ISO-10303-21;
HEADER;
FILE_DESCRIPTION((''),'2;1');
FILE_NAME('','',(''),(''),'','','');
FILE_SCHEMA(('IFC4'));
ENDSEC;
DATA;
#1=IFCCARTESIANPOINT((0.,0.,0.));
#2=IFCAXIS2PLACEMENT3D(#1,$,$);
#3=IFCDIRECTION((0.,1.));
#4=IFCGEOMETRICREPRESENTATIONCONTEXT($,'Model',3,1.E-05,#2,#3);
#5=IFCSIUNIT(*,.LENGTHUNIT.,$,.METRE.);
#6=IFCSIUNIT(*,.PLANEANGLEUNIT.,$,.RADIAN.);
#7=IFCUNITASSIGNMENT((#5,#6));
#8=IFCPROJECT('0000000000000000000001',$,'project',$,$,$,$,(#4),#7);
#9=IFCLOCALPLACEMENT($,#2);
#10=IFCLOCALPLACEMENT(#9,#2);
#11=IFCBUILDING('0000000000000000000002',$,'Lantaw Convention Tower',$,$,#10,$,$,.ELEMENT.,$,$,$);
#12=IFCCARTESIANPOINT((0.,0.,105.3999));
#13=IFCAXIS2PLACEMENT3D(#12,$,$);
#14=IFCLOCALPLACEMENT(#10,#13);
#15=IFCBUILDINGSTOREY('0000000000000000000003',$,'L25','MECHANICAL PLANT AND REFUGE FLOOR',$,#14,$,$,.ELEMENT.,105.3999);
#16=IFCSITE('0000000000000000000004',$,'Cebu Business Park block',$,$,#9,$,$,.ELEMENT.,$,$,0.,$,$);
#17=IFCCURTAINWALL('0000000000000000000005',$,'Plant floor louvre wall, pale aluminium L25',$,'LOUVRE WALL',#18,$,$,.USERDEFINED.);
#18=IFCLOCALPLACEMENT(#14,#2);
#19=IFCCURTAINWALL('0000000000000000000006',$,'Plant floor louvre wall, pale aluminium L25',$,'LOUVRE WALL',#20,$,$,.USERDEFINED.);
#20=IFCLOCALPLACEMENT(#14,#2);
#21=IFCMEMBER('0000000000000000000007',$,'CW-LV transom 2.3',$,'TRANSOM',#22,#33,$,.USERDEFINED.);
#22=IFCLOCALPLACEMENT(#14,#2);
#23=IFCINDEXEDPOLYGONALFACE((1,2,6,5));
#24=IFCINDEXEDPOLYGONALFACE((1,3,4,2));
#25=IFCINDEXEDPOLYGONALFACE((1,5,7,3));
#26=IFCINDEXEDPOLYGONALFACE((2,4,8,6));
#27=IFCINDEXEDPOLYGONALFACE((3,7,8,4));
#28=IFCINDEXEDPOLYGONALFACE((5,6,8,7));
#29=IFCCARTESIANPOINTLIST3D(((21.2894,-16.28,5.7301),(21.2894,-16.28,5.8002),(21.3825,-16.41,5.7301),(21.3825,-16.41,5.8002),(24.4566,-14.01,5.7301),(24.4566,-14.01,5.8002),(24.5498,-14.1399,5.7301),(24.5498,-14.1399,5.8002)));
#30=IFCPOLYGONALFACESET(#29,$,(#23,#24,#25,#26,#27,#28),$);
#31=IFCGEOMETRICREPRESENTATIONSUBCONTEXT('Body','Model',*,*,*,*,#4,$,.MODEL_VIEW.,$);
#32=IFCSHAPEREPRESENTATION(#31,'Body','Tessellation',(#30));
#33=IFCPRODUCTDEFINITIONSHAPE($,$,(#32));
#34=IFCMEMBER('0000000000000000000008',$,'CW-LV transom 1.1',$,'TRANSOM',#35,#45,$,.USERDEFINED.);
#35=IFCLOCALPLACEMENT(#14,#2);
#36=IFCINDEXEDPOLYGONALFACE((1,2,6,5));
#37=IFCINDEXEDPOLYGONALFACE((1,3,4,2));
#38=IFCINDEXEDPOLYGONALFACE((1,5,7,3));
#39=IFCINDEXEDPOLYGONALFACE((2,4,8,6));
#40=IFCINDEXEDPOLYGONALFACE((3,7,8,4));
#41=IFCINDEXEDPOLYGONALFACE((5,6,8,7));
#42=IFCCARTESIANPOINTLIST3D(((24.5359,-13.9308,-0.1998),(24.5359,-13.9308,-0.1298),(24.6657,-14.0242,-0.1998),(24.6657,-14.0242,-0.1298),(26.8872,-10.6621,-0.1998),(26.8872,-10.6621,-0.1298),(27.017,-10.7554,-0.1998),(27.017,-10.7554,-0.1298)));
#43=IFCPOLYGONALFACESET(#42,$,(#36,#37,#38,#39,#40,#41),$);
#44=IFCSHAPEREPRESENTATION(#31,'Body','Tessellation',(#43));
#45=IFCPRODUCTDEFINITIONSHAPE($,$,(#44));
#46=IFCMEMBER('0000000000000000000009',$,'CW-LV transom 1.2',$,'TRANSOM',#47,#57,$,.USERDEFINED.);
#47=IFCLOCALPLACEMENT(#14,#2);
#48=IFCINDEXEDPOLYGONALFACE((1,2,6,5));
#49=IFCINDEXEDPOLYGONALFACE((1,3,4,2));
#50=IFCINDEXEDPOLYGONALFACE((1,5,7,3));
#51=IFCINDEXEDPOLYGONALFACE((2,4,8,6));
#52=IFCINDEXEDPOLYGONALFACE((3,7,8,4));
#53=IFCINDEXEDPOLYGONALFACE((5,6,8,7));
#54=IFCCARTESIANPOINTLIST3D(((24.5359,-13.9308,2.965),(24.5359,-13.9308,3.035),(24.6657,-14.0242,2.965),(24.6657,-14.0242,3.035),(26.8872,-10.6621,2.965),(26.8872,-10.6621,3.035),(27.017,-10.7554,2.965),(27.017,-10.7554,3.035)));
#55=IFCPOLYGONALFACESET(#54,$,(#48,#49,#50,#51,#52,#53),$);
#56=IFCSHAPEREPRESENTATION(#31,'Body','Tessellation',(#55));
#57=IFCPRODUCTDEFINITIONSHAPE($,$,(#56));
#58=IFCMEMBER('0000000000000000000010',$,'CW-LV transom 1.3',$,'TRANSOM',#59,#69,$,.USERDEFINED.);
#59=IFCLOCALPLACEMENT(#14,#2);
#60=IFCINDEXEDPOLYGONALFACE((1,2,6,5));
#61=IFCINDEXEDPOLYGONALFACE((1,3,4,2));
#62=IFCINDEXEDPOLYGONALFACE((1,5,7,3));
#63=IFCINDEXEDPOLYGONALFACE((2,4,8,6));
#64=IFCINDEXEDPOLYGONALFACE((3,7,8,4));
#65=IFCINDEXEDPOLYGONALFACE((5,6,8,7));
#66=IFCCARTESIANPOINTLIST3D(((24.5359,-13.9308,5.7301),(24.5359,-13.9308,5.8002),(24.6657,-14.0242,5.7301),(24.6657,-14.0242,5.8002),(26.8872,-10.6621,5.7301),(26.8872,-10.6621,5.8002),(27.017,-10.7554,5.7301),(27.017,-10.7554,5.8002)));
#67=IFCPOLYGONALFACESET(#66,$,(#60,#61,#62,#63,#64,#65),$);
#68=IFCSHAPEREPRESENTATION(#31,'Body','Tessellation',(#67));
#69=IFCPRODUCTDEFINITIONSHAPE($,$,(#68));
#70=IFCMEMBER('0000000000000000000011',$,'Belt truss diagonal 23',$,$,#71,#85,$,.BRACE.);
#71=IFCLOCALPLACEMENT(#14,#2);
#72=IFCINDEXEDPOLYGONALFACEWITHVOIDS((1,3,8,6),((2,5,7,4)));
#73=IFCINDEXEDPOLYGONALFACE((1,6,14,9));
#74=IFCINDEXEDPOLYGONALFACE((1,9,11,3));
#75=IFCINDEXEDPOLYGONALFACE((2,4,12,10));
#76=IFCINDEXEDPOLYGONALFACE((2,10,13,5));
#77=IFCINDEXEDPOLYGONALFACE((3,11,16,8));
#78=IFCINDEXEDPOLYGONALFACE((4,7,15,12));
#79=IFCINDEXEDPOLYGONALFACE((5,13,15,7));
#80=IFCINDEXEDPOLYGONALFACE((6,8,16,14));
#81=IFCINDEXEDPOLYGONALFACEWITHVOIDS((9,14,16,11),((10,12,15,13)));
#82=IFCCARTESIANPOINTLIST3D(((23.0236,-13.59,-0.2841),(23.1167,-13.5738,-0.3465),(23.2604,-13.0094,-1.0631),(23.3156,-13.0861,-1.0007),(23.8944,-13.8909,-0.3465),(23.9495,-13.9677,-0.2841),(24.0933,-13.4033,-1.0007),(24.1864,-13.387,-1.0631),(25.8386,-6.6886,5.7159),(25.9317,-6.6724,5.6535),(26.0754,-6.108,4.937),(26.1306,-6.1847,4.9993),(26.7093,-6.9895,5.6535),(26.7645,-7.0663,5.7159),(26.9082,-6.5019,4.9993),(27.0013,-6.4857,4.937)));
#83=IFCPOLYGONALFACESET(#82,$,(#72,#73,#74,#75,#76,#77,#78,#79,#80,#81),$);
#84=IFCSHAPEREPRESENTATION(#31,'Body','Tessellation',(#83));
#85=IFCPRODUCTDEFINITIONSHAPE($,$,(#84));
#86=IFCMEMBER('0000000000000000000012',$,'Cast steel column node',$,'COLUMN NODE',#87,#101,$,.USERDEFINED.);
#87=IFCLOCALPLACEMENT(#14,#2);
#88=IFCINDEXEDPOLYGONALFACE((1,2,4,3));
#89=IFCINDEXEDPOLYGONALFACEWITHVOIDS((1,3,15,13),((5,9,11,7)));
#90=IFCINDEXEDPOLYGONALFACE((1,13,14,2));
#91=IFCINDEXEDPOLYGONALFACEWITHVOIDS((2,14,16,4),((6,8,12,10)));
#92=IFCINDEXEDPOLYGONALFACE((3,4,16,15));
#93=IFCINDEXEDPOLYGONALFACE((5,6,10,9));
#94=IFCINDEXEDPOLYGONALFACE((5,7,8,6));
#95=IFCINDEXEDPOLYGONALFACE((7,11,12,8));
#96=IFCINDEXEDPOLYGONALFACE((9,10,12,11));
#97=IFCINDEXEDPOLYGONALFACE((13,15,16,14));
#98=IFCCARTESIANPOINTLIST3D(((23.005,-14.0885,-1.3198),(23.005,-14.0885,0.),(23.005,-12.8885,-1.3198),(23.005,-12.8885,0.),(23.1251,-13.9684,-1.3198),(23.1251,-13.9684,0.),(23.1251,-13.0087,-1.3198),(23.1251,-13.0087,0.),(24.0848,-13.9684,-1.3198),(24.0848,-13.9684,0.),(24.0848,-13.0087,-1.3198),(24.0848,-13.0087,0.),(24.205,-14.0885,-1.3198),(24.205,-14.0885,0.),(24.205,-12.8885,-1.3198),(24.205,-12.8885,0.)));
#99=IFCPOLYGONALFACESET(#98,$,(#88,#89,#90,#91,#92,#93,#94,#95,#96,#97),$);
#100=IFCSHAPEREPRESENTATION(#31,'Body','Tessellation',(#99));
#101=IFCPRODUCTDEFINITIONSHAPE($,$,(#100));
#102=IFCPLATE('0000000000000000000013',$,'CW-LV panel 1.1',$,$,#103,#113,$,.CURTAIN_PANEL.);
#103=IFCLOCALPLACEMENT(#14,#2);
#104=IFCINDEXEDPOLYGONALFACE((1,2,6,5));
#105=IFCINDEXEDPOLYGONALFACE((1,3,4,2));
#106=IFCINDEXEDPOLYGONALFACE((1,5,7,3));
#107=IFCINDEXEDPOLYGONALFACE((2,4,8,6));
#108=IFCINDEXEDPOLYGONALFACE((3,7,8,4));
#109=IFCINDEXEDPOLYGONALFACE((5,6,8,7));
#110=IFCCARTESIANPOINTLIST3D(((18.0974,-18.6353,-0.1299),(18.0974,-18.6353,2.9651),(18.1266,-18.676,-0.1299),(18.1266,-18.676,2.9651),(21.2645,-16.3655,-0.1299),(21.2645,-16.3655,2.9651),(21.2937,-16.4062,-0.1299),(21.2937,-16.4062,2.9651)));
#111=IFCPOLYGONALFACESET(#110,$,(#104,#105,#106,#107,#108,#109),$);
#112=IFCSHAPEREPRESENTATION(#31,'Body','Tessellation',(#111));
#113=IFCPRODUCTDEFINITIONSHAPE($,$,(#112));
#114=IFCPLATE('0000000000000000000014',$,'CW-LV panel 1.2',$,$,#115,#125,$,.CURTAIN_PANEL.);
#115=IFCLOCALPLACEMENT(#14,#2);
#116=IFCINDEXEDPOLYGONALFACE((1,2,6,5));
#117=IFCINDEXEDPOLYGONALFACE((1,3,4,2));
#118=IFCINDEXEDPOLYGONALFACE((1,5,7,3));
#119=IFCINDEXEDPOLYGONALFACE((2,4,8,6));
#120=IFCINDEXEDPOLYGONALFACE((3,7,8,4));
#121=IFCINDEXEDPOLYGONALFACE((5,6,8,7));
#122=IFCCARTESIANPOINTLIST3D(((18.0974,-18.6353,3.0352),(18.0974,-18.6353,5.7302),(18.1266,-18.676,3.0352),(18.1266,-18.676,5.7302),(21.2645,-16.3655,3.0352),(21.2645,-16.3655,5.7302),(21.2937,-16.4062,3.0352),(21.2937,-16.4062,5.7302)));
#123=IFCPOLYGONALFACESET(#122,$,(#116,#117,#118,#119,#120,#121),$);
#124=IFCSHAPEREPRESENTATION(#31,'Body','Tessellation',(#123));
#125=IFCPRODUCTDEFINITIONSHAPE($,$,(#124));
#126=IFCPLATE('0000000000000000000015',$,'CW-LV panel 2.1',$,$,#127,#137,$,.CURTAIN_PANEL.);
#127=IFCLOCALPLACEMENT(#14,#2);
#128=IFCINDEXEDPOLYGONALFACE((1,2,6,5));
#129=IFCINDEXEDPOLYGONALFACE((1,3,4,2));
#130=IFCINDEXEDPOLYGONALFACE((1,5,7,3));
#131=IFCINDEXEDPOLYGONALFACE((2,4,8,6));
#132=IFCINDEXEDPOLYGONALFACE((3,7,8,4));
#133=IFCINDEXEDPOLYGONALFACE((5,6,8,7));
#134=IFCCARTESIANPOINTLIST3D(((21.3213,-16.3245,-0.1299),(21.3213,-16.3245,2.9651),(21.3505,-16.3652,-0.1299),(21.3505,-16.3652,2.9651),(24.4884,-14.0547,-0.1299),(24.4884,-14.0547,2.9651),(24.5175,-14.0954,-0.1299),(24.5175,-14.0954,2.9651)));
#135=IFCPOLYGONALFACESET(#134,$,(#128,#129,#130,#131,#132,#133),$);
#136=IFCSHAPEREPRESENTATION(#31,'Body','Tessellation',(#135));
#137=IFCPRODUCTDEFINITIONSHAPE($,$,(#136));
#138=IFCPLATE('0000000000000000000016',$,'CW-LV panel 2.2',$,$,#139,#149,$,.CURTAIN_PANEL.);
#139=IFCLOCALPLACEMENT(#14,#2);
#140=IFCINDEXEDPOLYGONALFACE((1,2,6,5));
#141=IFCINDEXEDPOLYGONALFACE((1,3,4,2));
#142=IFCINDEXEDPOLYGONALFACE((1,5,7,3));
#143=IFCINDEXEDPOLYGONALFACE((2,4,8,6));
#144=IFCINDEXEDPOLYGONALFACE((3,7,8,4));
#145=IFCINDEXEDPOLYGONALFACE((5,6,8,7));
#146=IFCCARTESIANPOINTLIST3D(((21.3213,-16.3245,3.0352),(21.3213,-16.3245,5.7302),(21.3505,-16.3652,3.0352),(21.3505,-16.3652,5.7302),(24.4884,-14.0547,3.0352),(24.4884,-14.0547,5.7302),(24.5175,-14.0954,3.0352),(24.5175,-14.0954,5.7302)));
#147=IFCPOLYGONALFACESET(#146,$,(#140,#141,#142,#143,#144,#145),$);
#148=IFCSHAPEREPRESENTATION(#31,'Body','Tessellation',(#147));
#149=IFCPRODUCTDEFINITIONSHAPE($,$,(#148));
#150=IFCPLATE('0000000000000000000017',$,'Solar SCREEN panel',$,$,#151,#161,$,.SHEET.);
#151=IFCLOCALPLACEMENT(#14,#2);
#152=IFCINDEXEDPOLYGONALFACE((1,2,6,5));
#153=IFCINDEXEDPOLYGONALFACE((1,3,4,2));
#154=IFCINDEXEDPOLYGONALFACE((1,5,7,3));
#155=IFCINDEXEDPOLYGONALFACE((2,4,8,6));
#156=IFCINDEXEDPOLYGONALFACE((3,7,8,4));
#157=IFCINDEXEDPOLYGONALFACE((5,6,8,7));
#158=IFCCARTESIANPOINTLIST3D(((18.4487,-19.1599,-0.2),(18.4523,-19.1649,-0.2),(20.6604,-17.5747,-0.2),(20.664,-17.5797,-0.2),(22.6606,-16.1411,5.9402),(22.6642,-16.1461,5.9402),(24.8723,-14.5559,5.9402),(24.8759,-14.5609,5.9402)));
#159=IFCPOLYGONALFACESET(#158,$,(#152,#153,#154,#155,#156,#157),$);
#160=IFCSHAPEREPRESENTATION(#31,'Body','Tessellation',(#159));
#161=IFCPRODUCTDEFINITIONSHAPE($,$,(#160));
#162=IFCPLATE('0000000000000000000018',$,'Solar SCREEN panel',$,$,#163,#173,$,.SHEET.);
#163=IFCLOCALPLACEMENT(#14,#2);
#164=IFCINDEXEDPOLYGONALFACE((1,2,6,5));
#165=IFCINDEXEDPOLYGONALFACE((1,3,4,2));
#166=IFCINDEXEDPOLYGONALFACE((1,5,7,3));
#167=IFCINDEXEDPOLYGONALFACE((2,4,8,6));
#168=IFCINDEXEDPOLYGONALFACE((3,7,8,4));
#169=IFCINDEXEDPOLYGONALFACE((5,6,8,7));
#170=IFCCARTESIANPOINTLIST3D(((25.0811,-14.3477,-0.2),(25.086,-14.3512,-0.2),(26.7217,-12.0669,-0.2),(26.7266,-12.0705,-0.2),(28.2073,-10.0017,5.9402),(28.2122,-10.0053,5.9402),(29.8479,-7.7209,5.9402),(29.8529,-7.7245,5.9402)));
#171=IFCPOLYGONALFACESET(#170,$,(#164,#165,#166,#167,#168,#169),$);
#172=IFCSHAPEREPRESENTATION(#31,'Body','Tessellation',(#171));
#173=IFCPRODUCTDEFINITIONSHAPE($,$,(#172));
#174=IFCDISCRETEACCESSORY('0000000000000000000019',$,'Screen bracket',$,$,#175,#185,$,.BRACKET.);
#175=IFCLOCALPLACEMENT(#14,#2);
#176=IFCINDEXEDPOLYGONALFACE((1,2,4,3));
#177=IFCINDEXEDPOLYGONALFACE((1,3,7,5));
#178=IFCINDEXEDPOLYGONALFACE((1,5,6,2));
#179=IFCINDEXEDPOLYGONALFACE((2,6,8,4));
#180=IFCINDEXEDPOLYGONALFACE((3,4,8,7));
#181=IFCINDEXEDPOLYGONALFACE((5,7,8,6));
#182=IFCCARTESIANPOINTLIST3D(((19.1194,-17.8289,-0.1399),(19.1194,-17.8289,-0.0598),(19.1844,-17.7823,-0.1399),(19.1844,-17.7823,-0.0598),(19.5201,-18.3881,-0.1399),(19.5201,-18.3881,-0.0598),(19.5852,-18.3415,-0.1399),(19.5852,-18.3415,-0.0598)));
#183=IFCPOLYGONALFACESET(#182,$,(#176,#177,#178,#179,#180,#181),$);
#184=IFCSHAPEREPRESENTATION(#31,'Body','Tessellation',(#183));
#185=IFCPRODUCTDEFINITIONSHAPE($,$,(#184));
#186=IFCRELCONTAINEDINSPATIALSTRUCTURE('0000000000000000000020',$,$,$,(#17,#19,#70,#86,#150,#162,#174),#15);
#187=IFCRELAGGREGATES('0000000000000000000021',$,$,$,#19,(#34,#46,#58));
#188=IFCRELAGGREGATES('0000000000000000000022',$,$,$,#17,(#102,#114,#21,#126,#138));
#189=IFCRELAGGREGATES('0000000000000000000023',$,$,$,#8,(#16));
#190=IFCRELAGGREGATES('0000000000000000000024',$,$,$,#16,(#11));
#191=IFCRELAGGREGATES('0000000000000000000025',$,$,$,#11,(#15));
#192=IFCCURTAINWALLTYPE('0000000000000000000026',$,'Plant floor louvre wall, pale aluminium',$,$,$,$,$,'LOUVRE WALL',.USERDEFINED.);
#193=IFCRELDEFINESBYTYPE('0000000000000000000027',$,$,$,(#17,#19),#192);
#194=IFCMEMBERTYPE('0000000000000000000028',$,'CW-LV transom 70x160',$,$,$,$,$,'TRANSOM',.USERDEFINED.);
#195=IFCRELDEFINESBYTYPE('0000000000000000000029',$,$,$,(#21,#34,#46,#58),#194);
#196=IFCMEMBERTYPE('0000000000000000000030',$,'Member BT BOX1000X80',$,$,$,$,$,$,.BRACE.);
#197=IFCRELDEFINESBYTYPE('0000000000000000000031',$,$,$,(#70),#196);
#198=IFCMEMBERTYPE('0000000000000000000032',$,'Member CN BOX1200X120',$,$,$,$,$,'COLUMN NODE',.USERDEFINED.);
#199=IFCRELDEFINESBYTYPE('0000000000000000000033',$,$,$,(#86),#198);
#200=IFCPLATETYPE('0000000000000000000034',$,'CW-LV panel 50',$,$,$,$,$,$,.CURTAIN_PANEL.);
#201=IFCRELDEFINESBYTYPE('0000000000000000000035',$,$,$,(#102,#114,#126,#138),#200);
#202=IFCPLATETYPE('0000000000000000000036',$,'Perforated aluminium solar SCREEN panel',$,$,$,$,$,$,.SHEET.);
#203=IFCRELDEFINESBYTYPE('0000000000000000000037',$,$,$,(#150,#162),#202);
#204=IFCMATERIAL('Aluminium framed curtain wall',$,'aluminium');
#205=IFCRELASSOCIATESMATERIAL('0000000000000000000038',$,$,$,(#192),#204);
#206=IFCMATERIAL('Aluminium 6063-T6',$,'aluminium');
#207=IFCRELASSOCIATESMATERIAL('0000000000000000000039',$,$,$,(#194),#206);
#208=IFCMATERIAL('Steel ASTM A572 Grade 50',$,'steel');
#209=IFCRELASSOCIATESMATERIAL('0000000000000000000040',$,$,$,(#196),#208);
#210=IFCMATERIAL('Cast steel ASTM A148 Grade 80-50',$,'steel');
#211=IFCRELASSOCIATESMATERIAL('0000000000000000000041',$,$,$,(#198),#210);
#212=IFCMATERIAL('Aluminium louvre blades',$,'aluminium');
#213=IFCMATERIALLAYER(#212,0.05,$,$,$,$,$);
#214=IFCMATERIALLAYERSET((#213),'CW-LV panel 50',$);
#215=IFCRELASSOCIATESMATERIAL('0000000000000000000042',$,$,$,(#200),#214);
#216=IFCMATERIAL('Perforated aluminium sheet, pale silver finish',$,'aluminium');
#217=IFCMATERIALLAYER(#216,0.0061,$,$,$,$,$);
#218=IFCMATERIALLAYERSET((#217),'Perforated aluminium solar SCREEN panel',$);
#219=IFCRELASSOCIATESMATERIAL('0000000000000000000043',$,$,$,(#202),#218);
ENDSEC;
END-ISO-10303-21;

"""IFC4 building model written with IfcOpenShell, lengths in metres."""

from ifc_helpers import new_model, si_unit, direction, frame, origin, origin_2d, place, context, subcontext, project, spatial, polyline, rectangle, hollow_rectangle, outline, extrude, material, layer, layer_set, material_profile, profile_set, type_object, element, aggregate, save


model = new_model("IFC4")

# Units and contexts
model_context = context("Model", 3, precision=1e-05, world=origin(), true_north=direction((0.0, 1.0)))
body_context = subcontext(model_context, "Body", "Model", "MODEL_VIEW")
ifc_project = project(units=[si_unit("LENGTHUNIT", "METRE"), si_unit("PLANEANGLEUNIT", "RADIAN")], contexts=[model_context])

# Site, building, storey
site_placement = place(None, origin())
site = spatial("IfcSite", under=ifc_project, at=site_placement, Name="Cebu Business Park block", CompositionType="ELEMENT", RefElevation=0.0)
building_placement = place(site_placement, origin())
building = spatial("IfcBuilding", under=site, at=building_placement, Name="Lantaw Convention Tower", CompositionType="ELEMENT")
storey_placement = place(building_placement, frame((0.0, 0.0, 105.3999)))
storey = spatial("IfcBuildingStorey", under=building, at=storey_placement, Name="L25", Description="MECHANICAL PLANT AND REFUGE FLOOR", CompositionType="ELEMENT", Elevation=105.3999)

# Curtain wall
ifc_material_1 = material(Name="Aluminium framed curtain wall", Category="aluminium")
curtain_wall_type = type_object("IfcCurtainWallType", Name="Plant floor louvre wall, pale aluminium", ElementType="LOUVRE WALL", PredefinedType="USERDEFINED", material=ifc_material_1)
curtain_wall_1_placement = place(storey_placement, origin())
curtain_wall_1 = element("IfcCurtainWall", 1, at=curtain_wall_1_placement, inside=storey, type_object=curtain_wall_type, Name="Plant floor louvre wall, pale aluminium L25", ObjectType="LOUVRE WALL", PredefinedType="USERDEFINED")
ifc_material_2 = material(Name="Aluminium 6063-T6", Category="aluminium")

# Curtain wall
curtain_wall_2_placement = place(storey_placement, origin())
curtain_wall_2 = element("IfcCurtainWall", 2, at=curtain_wall_2_placement, inside=storey, type_object=curtain_wall_type, Name="Plant floor louvre wall, pale aluminium L25", ObjectType="LOUVRE WALL", PredefinedType="USERDEFINED")

# Members
ifc_material_profile_1 = material_profile(ifc_material_2, rectangle(XDim=0.1599, YDim=0.0701, at=origin_2d()), Name="CW-LV transom 70x160")
ifc_profile_set_1 = profile_set([ifc_material_profile_1], Name="Aluminium 6063-T6")
member_type_1 = type_object("IfcMemberType", Name="CW-LV transom 70x160", ElementType="TRANSOM", PredefinedType="USERDEFINED", material=ifc_profile_set_1)
member_1_placement = place(storey_placement, frame((21.3359, -16.345, 5.7651), z_axis=(0.812797, 0.582547, 0.0), x_axis=(-0.582547, 0.812797, 0.0)))
member_1 = element("IfcMember", 3, at=member_1_placement, type_object=member_type_1, Name="CW-LV transom 2.3", ObjectType="TRANSOM", PredefinedType="USERDEFINED", context=body_context, shape_type="SweptSolid", body=[
    extrude(rectangle(XDim=0.1599, YDim=0.0701, at=origin_2d()), origin(), (0.0, 0.0, 1.0), 3.8967),
])
member_2_placement = place(storey_placement, frame((24.6008, -13.9775, -0.1648), z_axis=(0.583942, 0.811795, 0.0), x_axis=(-0.811795, 0.583942, 0.0)))
member_2 = element("IfcMember", 4, at=member_2_placement, type_object=member_type_1, Name="CW-LV transom 1.1", ObjectType="TRANSOM", PredefinedType="USERDEFINED", context=body_context, shape_type="SweptSolid", body=[
    extrude(rectangle(XDim=0.1599, YDim=0.0701, at=origin_2d()), origin(), (0.0, 0.0, 1.0), 4.0266),
])
member_3_placement = place(storey_placement, frame((24.6008, -13.9775, 3.0), z_axis=(0.583942, 0.811795, 0.0), x_axis=(-0.811795, 0.583942, 0.0)))
member_3 = element("IfcMember", 5, at=member_3_placement, type_object=member_type_1, Name="CW-LV transom 1.2", ObjectType="TRANSOM", PredefinedType="USERDEFINED", context=body_context, shape_type="SweptSolid", body=[
    extrude(rectangle(XDim=0.1599, YDim=0.0701, at=origin_2d()), origin(), (0.0, 0.0, 1.0), 4.0266),
])
member_4_placement = place(storey_placement, frame((24.6008, -13.9775, 5.7651), z_axis=(0.583942, 0.811795, 0.0), x_axis=(-0.811795, 0.583942, 0.0)))
member_4 = element("IfcMember", 6, at=member_4_placement, type_object=member_type_1, Name="CW-LV transom 1.3", ObjectType="TRANSOM", PredefinedType="USERDEFINED", context=body_context, shape_type="SweptSolid", body=[
    extrude(rectangle(XDim=0.1599, YDim=0.0701, at=origin_2d()), origin(), (0.0, 0.0, 1.0), 4.0266),
])
aggregate(curtain_wall_2, [member_2, member_3, member_4])

# Members
ifc_material_3 = material(Name="Steel ASTM A572 Grade 50", Category="steel")
ifc_material_profile_2 = material_profile(ifc_material_3, hollow_rectangle(XDim=1.0, YDim=1.0, WallThickness=0.0801, at=origin_2d()), Name="BOX1000X80")
ifc_profile_set_2 = profile_set([ifc_material_profile_2], Name="Steel ASTM A572 Grade 50")
member_type_2 = type_object("IfcMemberType", Name="Member BT BOX1000X80", PredefinedType="BRACE", material=ifc_profile_set_2)
member_5_placement = place(storey_placement, frame((23.605, -13.4885, -0.6736), z_axis=(0.294194, 0.721273, 0.627069), x_axis=(-0.925939, 0.377674, 0.0)))
element("IfcMember", 7, at=member_5_placement, inside=storey, type_object=member_type_2, Name="Belt truss diagonal 23", PredefinedType="BRACE", context=body_context, shape_type="SweptSolid", body=[
    extrude(hollow_rectangle(XDim=1.0, YDim=1.0, WallThickness=0.0801, at=origin_2d()), origin(), (0.0, 0.0, 1.0), 9.5684),
])
ifc_material_4 = material(Name="Cast steel ASTM A148 Grade 80-50", Category="steel")
ifc_material_profile_3 = material_profile(ifc_material_4, hollow_rectangle(XDim=1.2, YDim=1.2, WallThickness=0.1201, at=origin_2d()), Name="BOX1200X120")
ifc_profile_set_3 = profile_set([ifc_material_profile_3], Name="Cast steel ASTM A148 Grade 80-50")
member_type_3 = type_object("IfcMemberType", Name="Member CN BOX1200X120", ElementType="COLUMN NODE", PredefinedType="USERDEFINED", material=ifc_profile_set_3)
member_6_placement = place(storey_placement, frame((23.605, -13.4885, -1.3198), z_axis=(0.0, 0.0, 1.0), x_axis=(1.0, 0.0, 0.0)))
element("IfcMember", 8, at=member_6_placement, inside=storey, type_object=member_type_3, Name="Cast steel column node", ObjectType="COLUMN NODE", PredefinedType="USERDEFINED", context=body_context, shape_type="SweptSolid", body=[
    extrude(hollow_rectangle(XDim=1.2, YDim=1.2, WallThickness=0.1201, at=origin_2d()), origin(), (0.0, 0.0, 1.0), 1.3198),
])

# Plates
ifc_material_5 = material(Name="Aluminium louvre blades", Category="aluminium")
ifc_layer_1 = layer(ifc_material_5, 0.05)
ifc_layer_set_1 = layer_set([ifc_layer_1], Name="CW-LV panel 50")
plate_type_1 = type_object("IfcPlateType", Name="CW-LV panel 50", PredefinedType="CURTAIN_PANEL", material=ifc_layer_set_1)
plate_1_placement = place(storey_placement, frame((19.6956, -17.5208, -0.1299), z_axis=(0.0, 0.0, 1.0), x_axis=(0.812804, 0.582538, 0.0)))
plate_1 = element("IfcPlate", 9, at=plate_1_placement, type_object=plate_type_1, Name="CW-LV panel 1.1", PredefinedType="CURTAIN_PANEL", context=body_context, shape_type="SweptSolid", body=[
    extrude(rectangle(XDim=3.8965, YDim=0.05, at=origin_2d()), origin(), (0.0, 0.0, 1.0), 3.095),
])
plate_2_placement = place(storey_placement, frame((19.6956, -17.5208, 3.0352), z_axis=(0.0, 0.0, 1.0), x_axis=(0.812804, 0.582538, 0.0)))
plate_2 = element("IfcPlate", 10, at=plate_2_placement, type_object=plate_type_1, Name="CW-LV panel 1.2", PredefinedType="CURTAIN_PANEL", context=body_context, shape_type="SweptSolid", body=[
    extrude(rectangle(XDim=3.8965, YDim=0.05, at=origin_2d()), origin(), (0.0, 0.0, 1.0), 2.6951),
])
plate_3_placement = place(storey_placement, frame((22.9194, -15.21, -0.1299), z_axis=(0.0, 0.0, 1.0), x_axis=(0.812804, 0.582538, 0.0)))
plate_3 = element("IfcPlate", 11, at=plate_3_placement, type_object=plate_type_1, Name="CW-LV panel 2.1", PredefinedType="CURTAIN_PANEL", context=body_context, shape_type="SweptSolid", body=[
    extrude(rectangle(XDim=3.8965, YDim=0.05, at=origin_2d()), origin(), (0.0, 0.0, 1.0), 3.095),
])
plate_4_placement = place(storey_placement, frame((22.9194, -15.21, 3.0352), z_axis=(0.0, 0.0, 1.0), x_axis=(0.812804, 0.582538, 0.0)))
plate_4 = element("IfcPlate", 12, at=plate_4_placement, type_object=plate_type_1, Name="CW-LV panel 2.2", PredefinedType="CURTAIN_PANEL", context=body_context, shape_type="SweptSolid", body=[
    extrude(rectangle(XDim=3.8965, YDim=0.05, at=origin_2d()), origin(), (0.0, 0.0, 1.0), 2.6951),
])
aggregate(curtain_wall_1, [plate_1, plate_2, member_1, plate_3, plate_4])

# Plates
ifc_material_6 = material(Name="Perforated aluminium sheet, pale silver finish", Category="aluminium")
ifc_layer_2 = layer(ifc_material_6, 0.0061)
ifc_layer_set_2 = layer_set([ifc_layer_2], Name="Perforated aluminium solar SCREEN panel")
plate_type_2 = type_object("IfcPlateType", Name="Perforated aluminium solar SCREEN panel", PredefinedType="SHEET", material=ifc_layer_set_2)
plate_5_placement = place(storey_placement, frame((18.4487, -19.1599, -0.2), z_axis=(-0.582561, 0.812787, 0.00001), x_axis=(0.812787, 0.582561, 0.0)))
element("IfcPlate", 13, at=plate_5_placement, inside=storey, type_object=plate_type_2, Name="Solar SCREEN panel", PredefinedType="SHEET", context=body_context, shape_type="SweptSolid", body=[
    extrude(outline(polyline([(0.0, 0.0), (2.7211, 0.0), (7.9031, -6.1401), (5.182, -6.1401), (0.0, 0.0)])), origin(), (0.0, 0.0, -1.0), 0.0061),
])
plate_6_placement = place(storey_placement, frame((25.0811, -14.3477, -0.2), z_axis=(-0.811791, 0.583948, 0.000005), x_axis=(0.583948, 0.811791, 0.0)))
element("IfcPlate", 14, at=plate_6_placement, inside=storey, type_object=plate_type_2, Name="Solar SCREEN panel", PredefinedType="SHEET", context=body_context, shape_type="SweptSolid", body=[
    extrude(outline(polyline([(0.0, 0.0), (2.8095, 0.0), (8.1631, -6.1401), (5.3536, -6.1401), (0.0, 0.0)])), origin(), (0.0, 0.0, -1.0), 0.0061),
])

# Discrete accessory
for number, where, z_axis, x_axis, name in (
    (15, (19.3523, -18.0852, -0.1399), (0.0, 0.0, 1.0), (0.812804, 0.582538, 0.0), "Screen bracket"),
):
    element("IfcDiscreteAccessory", number, at=place(storey_placement, frame(where, z_axis=z_axis, x_axis=x_axis)), inside=storey, Name=name, PredefinedType="BRACKET", context=body_context, shape_type="SweptSolid", body=[
        extrude(rectangle(XDim=0.0801, YDim=0.688, at=origin_2d()), origin(), (0.0, 0.0, 1.0), 0.0801),
    ])

save(model, "model.ifc")
